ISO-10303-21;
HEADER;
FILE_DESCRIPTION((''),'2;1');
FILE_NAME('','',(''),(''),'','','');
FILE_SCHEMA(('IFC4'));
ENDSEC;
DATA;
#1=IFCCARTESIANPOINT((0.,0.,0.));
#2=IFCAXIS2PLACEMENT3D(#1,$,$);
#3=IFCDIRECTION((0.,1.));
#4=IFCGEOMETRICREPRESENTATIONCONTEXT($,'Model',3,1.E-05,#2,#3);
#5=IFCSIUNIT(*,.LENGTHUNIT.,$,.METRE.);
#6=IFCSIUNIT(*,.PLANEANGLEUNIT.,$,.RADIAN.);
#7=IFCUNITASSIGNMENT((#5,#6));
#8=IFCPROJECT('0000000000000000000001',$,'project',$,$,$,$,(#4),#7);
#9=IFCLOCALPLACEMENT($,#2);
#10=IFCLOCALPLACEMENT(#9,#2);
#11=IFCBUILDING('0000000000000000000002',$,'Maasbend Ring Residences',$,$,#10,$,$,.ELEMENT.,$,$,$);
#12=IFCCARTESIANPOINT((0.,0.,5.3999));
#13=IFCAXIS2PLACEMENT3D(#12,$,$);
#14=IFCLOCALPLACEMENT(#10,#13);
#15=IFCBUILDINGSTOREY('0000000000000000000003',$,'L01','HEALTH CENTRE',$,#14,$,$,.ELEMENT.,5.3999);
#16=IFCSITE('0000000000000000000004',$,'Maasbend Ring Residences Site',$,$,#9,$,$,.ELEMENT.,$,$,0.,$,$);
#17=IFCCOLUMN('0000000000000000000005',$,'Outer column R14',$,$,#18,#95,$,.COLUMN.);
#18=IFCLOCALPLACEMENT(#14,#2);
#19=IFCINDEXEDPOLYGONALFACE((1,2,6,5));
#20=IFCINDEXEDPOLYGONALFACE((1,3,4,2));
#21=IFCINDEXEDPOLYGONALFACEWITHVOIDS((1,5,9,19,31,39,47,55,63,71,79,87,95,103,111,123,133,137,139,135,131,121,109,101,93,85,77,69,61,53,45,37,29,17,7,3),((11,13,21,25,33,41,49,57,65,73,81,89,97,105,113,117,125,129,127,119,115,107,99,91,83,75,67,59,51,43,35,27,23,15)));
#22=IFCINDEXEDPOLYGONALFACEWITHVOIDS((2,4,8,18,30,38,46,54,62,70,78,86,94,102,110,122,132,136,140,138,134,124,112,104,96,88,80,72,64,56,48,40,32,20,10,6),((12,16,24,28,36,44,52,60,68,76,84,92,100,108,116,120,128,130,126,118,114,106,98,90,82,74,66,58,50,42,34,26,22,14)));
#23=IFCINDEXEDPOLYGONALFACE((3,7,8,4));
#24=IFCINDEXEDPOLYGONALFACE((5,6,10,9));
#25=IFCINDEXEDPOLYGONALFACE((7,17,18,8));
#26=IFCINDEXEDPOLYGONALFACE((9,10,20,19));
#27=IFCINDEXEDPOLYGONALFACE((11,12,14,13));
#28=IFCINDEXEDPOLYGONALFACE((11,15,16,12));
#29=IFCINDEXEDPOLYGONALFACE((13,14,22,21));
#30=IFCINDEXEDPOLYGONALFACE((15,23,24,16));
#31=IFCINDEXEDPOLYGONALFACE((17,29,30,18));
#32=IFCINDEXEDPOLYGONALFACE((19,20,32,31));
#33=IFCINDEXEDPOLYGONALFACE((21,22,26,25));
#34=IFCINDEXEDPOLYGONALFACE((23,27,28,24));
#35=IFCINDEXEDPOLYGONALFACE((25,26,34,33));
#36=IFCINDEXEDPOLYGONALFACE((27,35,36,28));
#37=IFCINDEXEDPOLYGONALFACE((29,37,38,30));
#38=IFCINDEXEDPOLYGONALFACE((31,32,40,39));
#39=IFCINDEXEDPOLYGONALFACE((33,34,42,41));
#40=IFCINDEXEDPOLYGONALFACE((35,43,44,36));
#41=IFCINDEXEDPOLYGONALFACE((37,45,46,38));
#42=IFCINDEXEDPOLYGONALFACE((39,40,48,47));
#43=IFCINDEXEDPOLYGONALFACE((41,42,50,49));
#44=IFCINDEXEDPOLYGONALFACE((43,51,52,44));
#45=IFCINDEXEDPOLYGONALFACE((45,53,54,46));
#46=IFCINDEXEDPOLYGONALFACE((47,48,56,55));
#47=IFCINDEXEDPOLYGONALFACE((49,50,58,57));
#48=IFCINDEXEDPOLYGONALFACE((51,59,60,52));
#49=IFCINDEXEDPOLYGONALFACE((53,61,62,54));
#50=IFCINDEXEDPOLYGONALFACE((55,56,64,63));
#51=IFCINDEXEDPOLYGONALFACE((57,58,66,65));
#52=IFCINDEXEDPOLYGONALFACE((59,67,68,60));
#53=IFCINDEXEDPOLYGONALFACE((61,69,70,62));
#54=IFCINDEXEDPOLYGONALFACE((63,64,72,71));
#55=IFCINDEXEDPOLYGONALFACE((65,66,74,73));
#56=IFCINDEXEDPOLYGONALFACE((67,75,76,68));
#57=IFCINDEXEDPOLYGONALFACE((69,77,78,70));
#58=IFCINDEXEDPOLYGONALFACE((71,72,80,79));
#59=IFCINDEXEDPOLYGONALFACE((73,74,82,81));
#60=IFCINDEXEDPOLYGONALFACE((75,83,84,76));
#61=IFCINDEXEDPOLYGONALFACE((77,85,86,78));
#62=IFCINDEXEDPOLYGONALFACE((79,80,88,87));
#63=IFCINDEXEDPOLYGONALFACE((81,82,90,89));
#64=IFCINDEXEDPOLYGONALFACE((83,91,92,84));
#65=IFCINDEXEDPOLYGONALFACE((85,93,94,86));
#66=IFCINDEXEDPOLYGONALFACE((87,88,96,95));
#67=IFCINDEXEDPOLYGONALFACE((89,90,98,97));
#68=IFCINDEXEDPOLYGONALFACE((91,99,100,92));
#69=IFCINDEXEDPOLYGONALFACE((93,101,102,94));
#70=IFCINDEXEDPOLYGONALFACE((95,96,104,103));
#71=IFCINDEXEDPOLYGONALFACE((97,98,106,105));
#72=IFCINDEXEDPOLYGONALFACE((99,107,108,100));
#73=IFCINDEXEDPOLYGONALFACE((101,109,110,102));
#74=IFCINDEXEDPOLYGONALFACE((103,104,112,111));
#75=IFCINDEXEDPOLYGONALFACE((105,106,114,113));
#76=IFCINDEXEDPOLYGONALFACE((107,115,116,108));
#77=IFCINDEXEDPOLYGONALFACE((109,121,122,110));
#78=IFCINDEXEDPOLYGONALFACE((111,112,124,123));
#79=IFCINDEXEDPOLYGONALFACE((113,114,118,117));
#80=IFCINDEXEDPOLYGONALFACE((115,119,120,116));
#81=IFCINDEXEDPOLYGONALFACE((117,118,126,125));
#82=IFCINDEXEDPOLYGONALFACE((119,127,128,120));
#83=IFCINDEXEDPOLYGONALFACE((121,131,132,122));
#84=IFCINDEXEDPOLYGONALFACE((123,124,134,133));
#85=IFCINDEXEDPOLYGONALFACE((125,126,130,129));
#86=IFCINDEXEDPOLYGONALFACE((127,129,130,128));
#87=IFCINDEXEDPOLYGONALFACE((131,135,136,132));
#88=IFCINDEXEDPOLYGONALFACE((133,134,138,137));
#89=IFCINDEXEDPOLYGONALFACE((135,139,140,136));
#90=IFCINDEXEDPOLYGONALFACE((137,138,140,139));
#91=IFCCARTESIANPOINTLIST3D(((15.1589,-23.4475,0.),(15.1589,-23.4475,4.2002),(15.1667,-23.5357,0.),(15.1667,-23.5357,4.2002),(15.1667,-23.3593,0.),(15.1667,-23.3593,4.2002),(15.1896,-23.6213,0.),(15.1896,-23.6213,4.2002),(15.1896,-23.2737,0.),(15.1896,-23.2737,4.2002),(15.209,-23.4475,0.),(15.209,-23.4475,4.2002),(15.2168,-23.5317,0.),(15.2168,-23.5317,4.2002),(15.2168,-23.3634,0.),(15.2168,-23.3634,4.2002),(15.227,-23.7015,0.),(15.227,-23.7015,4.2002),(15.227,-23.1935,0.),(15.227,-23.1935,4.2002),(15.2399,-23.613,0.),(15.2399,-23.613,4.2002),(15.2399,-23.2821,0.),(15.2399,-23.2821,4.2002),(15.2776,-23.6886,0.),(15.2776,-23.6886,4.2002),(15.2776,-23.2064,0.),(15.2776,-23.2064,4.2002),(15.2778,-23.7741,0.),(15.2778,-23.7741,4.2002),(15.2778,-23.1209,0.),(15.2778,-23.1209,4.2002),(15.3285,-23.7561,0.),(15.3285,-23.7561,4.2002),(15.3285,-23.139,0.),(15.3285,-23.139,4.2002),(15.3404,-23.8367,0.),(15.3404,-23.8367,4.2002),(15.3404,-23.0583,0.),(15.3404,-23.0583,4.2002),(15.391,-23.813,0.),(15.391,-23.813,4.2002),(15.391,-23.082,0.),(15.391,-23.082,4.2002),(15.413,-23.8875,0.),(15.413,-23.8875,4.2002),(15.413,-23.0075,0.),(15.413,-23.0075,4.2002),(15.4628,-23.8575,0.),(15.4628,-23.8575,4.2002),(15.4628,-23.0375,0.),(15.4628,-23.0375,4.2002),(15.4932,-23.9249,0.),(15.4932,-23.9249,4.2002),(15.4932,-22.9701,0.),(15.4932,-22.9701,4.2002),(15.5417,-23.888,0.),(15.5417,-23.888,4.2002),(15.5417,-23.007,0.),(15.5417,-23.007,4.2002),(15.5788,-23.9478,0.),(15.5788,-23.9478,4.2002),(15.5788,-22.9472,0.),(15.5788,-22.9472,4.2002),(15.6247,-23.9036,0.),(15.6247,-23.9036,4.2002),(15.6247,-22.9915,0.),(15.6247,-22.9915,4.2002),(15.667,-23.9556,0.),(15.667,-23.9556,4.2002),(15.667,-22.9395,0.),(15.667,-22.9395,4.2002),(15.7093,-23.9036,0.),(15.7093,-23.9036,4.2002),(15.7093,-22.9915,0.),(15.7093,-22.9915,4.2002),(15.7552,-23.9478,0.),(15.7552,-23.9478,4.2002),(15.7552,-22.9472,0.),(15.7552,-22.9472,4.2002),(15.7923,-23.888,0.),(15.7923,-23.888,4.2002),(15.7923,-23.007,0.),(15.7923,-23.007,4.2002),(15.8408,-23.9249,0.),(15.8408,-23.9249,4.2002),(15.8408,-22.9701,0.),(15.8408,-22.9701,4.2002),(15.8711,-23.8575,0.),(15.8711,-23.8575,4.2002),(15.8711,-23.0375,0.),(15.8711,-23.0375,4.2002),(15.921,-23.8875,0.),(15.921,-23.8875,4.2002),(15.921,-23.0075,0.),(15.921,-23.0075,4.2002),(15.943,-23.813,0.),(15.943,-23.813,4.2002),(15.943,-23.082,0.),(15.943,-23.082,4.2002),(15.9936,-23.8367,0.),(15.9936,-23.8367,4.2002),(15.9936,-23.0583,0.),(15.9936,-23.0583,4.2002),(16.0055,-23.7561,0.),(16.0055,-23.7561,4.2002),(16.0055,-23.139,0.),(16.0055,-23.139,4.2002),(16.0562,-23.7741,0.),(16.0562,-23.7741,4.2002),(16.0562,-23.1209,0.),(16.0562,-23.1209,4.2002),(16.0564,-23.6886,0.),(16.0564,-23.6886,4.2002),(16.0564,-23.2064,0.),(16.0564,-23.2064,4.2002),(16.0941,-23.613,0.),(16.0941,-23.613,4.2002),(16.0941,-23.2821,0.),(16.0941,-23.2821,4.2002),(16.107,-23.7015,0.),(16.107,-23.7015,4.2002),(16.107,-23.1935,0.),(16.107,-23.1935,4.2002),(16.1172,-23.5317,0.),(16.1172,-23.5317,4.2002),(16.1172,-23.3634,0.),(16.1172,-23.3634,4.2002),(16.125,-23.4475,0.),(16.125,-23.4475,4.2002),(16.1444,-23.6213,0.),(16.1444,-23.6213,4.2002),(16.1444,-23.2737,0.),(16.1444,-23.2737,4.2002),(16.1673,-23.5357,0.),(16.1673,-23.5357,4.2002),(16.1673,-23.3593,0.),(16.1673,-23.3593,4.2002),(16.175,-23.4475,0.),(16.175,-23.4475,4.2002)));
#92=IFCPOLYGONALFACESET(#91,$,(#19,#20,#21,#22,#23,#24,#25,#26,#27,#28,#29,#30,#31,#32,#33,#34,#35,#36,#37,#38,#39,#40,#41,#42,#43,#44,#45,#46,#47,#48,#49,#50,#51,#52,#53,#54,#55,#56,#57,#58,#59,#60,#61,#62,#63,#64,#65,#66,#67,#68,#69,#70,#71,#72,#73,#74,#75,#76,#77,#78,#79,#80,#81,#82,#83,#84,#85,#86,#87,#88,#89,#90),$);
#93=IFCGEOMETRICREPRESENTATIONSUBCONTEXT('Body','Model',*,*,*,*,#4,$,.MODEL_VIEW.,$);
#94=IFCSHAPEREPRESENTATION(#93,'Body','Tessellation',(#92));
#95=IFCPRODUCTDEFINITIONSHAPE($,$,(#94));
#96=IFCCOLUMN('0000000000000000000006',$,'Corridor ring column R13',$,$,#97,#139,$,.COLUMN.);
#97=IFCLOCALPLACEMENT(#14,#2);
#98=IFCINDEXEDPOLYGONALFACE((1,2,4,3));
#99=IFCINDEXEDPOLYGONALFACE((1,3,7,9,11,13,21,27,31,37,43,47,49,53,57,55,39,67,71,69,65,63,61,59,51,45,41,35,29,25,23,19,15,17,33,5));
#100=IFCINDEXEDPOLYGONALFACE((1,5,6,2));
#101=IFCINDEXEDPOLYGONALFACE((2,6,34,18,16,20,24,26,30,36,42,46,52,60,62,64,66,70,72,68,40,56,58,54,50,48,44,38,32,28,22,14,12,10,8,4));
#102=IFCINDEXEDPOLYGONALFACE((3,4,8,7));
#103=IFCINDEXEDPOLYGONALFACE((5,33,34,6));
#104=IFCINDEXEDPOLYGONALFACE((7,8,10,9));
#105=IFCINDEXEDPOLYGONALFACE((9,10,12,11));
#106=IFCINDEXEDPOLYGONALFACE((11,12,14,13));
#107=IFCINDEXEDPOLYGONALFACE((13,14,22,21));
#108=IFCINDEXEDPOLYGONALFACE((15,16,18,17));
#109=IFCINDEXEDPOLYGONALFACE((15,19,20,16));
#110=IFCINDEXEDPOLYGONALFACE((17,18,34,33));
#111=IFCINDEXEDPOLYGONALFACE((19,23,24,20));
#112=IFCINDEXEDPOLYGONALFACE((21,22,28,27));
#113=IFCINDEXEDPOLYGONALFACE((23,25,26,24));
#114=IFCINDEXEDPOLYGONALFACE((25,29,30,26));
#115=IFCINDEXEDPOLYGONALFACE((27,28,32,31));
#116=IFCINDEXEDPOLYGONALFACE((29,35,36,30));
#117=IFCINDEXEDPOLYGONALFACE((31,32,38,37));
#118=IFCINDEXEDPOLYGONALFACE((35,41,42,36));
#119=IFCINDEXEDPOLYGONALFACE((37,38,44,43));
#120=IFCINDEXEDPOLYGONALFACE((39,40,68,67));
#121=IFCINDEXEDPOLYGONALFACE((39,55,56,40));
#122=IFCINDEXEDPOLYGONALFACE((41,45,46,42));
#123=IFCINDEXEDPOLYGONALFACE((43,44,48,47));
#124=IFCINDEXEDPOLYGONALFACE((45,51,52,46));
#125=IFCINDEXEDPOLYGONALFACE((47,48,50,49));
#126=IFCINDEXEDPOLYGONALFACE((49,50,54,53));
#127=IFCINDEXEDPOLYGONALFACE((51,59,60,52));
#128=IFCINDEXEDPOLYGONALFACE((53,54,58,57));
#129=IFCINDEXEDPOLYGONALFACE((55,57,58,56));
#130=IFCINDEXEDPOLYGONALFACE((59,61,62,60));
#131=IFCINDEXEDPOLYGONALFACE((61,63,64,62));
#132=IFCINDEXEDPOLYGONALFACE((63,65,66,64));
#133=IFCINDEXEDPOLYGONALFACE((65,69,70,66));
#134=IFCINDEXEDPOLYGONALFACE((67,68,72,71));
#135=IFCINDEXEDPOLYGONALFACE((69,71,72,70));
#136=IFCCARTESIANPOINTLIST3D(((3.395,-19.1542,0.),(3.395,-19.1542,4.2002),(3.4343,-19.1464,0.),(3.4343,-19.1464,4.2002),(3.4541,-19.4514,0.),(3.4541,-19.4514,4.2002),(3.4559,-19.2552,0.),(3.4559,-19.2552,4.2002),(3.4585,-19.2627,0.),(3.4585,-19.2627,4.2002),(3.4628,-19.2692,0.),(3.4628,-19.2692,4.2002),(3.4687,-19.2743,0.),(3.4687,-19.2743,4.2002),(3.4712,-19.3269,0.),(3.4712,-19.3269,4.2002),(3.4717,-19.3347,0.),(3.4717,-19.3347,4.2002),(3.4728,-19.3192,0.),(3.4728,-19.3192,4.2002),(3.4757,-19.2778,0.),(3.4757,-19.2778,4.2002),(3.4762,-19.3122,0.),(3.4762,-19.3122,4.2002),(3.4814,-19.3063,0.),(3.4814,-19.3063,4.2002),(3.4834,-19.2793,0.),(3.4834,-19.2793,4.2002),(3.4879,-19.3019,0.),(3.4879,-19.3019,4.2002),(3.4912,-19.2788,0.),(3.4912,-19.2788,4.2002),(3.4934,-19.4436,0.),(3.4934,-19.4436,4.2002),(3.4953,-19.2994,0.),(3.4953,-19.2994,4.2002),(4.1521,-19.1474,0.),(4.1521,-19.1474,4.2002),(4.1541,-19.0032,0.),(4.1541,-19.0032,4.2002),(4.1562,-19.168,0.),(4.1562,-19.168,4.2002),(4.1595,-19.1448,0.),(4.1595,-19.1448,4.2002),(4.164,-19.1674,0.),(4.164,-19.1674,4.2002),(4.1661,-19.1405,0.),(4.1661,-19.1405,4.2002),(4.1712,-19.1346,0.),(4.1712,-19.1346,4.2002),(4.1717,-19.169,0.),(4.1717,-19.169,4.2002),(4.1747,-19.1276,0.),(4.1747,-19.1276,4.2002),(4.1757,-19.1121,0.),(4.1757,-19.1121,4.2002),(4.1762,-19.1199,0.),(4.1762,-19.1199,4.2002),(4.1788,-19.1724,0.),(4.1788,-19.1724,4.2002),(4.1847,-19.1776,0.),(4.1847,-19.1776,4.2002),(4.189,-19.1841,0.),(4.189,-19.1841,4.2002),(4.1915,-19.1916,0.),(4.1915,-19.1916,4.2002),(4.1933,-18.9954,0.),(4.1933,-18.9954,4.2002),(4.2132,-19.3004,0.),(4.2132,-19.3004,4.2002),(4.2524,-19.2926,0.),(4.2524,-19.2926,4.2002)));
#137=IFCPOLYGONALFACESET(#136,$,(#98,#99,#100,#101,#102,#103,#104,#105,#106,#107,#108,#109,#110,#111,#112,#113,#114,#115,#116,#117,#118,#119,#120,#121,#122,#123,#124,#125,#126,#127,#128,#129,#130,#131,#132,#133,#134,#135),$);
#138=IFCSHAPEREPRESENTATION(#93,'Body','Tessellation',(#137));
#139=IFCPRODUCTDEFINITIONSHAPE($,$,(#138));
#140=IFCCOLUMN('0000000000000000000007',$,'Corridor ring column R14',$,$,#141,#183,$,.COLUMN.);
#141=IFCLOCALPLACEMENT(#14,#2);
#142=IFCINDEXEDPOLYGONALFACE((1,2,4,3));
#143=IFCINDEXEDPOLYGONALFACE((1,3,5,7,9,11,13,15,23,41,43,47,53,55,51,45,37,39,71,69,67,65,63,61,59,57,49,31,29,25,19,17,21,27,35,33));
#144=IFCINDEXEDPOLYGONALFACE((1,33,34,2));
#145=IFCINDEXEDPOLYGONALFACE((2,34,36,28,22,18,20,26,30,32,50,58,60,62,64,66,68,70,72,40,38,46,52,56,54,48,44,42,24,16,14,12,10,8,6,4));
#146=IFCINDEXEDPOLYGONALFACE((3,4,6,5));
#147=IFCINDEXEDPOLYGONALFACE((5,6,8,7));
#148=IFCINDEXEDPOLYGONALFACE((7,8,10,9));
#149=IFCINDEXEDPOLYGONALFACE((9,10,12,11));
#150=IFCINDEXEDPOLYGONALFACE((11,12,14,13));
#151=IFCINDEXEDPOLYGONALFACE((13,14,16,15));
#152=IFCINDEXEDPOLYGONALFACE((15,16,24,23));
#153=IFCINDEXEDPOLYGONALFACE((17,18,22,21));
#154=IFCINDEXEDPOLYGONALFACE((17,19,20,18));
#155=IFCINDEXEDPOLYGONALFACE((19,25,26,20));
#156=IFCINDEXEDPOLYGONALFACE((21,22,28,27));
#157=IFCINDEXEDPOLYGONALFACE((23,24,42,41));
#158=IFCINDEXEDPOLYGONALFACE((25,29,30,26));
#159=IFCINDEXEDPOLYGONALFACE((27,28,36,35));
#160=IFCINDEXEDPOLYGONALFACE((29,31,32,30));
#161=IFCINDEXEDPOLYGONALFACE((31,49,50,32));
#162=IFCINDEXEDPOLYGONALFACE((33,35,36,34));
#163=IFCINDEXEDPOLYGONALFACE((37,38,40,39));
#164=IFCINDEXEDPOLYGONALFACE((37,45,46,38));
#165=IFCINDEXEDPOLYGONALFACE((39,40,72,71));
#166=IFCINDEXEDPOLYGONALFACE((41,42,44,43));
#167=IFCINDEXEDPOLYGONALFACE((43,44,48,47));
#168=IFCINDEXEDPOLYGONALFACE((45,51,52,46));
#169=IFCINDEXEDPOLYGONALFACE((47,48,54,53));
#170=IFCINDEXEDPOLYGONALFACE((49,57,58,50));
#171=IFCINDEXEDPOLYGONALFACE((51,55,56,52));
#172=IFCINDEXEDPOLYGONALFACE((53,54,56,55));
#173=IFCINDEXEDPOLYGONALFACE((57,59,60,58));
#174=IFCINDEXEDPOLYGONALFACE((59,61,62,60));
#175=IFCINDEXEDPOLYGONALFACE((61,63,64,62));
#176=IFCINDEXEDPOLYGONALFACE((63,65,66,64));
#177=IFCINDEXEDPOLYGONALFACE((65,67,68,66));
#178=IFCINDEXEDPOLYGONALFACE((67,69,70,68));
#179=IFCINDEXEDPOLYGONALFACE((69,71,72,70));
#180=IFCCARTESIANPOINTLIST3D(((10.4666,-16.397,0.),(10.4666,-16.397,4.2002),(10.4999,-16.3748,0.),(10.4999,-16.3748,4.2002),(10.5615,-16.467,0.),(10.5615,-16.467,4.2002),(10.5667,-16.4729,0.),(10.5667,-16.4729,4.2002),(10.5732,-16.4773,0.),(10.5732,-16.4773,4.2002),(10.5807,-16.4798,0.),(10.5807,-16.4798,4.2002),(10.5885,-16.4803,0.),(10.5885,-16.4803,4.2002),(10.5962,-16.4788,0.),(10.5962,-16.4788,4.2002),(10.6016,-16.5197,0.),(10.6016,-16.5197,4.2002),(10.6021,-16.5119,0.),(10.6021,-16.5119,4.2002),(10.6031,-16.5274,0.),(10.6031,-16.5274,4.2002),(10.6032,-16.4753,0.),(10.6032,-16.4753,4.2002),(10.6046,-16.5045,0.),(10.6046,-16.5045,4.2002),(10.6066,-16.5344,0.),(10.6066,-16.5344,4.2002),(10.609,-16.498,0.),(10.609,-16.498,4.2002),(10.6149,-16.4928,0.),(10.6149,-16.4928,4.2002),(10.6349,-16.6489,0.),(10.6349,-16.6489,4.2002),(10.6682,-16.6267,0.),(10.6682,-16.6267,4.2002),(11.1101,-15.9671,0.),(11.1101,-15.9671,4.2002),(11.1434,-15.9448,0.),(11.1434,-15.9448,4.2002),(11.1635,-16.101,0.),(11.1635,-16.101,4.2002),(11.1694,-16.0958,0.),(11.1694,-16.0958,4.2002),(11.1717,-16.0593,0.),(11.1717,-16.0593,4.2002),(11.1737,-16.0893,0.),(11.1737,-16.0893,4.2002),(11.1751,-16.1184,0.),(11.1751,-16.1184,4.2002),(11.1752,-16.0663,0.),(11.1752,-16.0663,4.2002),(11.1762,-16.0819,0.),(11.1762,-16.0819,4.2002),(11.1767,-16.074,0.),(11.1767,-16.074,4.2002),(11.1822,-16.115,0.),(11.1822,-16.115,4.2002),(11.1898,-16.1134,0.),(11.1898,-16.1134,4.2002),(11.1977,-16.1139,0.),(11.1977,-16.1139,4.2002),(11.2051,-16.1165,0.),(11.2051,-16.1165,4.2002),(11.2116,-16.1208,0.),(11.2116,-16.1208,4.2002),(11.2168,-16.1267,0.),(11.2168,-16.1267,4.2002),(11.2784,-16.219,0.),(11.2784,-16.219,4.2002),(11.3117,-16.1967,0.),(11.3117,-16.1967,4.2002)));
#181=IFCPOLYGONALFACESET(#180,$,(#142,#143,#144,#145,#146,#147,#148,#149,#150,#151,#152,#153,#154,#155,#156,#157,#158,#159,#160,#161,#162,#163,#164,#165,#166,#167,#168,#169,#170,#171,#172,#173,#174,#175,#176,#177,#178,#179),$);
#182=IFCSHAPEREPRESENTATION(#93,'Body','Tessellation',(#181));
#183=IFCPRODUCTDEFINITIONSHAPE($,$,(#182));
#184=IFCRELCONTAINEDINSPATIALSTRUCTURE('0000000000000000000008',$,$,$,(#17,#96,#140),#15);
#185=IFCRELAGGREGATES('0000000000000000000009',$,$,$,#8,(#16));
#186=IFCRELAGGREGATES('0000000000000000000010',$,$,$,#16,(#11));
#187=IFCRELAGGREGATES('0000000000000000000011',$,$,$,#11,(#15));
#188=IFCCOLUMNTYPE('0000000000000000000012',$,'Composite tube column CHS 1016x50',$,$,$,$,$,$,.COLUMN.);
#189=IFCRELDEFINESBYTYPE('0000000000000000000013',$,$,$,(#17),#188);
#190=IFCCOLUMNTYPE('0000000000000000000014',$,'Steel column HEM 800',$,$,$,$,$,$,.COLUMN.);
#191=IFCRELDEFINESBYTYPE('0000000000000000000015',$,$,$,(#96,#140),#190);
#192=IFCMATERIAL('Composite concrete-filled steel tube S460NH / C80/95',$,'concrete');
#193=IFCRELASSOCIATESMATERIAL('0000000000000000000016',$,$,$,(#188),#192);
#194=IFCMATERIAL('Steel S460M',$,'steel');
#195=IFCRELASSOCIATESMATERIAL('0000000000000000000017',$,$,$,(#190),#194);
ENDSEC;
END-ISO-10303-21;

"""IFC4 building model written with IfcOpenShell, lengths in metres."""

from ifc_helpers import new_model, si_unit, direction, frame, origin, origin_2d, place, context, subcontext, project, spatial, hollow_circle, i_section, extrude, material, material_profile, profile_set, type_object, element, save


model = new_model("IFC4")

# Units and contexts
model_context = context("Model", 3, precision=1e-05, world=origin(), true_north=direction((0.0, 1.0)))
body_context = subcontext(model_context, "Body", "Model", "MODEL_VIEW")
ifc_project = project(units=[si_unit("LENGTHUNIT", "METRE"), si_unit("PLANEANGLEUNIT", "RADIAN")], contexts=[model_context])

# Site, building, storey
site_placement = place(None, origin())
site = spatial("IfcSite", under=ifc_project, at=site_placement, Name="Maasbend Ring Residences Site", CompositionType="ELEMENT", RefElevation=0.0)
building_placement = place(site_placement, origin())
building = spatial("IfcBuilding", under=site, at=building_placement, Name="Maasbend Ring Residences", CompositionType="ELEMENT")
storey_placement = place(building_placement, frame((0.0, 0.0, 5.3999)))
storey = spatial("IfcBuildingStorey", under=building, at=storey_placement, Name="L01", Description="HEALTH CENTRE", CompositionType="ELEMENT", Elevation=5.3999)

# Columns
ifc_material_1 = material(Name="Composite concrete-filled steel tube S460NH / C80/95", Category="concrete")
ifc_material_profile_1 = material_profile(ifc_material_1, hollow_circle(Radius=0.5081, WallThickness=0.05, at=origin_2d()), Name="Composite tube column CHS 1016x50")
ifc_profile_set_1 = profile_set([ifc_material_profile_1], Name="Composite concrete-filled steel tube S460NH / C80/95")
column_type_1 = type_object("IfcColumnType", Name="Composite tube column CHS 1016x50", PredefinedType="COLUMN", material=ifc_profile_set_1)
column_placement = place(storey_placement, frame((15.667, -23.4475, 0.0), z_axis=(0.0, 0.0, 1.0), x_axis=(1.0, 0.0, 0.0)))
element("IfcColumn", 1, at=column_placement, inside=storey, type_object=column_type_1, Name="Outer column R14", PredefinedType="COLUMN", context=body_context, shape_type="SweptSolid", body=[
    extrude(hollow_circle(Radius=0.5081, WallThickness=0.05, at=origin_2d()), origin(), (0.0, 0.0, 1.0), 4.2002),
])
ifc_material_2 = material(Name="Steel S460M", Category="steel")
ifc_material_profile_2 = material_profile(ifc_material_2, i_section(OverallWidth=0.303, OverallDepth=0.814, WebThickness=0.021, FlangeThickness=0.04, FilletRadius=0.03, at=origin_2d()), Name="HEM 800")
ifc_profile_set_2 = profile_set([ifc_material_profile_2], Name="Steel S460M")
column_type_2 = type_object("IfcColumnType", Name="Steel column HEM 800", PredefinedType="COLUMN", material=ifc_profile_set_2)
for number, where, z_axis, x_axis, name in (
    (2, (3.8237, -19.2234, 0.0), (0.0, 0.0, 1.0), (0.19509, -0.980785, 0.0), "Corridor ring column R13"),
    (3, (10.8892, -16.2969, 0.0), (0.0, 0.0, 1.0), (0.55557, -0.83147, 0.0), "Corridor ring column R14"),
):
    element("IfcColumn", number, at=place(storey_placement, frame(where, z_axis=z_axis, x_axis=x_axis)), inside=storey, type_object=column_type_2, Name=name, PredefinedType="COLUMN", context=body_context, shape_type="SweptSolid", body=[
        extrude(i_section(OverallWidth=0.303, OverallDepth=0.814, WebThickness=0.021, FlangeThickness=0.04, FilletRadius=0.03, at=origin_2d()), origin(), (0.0, 0.0, 1.0), 4.2002),
    ])

save(model, "model.ifc")
